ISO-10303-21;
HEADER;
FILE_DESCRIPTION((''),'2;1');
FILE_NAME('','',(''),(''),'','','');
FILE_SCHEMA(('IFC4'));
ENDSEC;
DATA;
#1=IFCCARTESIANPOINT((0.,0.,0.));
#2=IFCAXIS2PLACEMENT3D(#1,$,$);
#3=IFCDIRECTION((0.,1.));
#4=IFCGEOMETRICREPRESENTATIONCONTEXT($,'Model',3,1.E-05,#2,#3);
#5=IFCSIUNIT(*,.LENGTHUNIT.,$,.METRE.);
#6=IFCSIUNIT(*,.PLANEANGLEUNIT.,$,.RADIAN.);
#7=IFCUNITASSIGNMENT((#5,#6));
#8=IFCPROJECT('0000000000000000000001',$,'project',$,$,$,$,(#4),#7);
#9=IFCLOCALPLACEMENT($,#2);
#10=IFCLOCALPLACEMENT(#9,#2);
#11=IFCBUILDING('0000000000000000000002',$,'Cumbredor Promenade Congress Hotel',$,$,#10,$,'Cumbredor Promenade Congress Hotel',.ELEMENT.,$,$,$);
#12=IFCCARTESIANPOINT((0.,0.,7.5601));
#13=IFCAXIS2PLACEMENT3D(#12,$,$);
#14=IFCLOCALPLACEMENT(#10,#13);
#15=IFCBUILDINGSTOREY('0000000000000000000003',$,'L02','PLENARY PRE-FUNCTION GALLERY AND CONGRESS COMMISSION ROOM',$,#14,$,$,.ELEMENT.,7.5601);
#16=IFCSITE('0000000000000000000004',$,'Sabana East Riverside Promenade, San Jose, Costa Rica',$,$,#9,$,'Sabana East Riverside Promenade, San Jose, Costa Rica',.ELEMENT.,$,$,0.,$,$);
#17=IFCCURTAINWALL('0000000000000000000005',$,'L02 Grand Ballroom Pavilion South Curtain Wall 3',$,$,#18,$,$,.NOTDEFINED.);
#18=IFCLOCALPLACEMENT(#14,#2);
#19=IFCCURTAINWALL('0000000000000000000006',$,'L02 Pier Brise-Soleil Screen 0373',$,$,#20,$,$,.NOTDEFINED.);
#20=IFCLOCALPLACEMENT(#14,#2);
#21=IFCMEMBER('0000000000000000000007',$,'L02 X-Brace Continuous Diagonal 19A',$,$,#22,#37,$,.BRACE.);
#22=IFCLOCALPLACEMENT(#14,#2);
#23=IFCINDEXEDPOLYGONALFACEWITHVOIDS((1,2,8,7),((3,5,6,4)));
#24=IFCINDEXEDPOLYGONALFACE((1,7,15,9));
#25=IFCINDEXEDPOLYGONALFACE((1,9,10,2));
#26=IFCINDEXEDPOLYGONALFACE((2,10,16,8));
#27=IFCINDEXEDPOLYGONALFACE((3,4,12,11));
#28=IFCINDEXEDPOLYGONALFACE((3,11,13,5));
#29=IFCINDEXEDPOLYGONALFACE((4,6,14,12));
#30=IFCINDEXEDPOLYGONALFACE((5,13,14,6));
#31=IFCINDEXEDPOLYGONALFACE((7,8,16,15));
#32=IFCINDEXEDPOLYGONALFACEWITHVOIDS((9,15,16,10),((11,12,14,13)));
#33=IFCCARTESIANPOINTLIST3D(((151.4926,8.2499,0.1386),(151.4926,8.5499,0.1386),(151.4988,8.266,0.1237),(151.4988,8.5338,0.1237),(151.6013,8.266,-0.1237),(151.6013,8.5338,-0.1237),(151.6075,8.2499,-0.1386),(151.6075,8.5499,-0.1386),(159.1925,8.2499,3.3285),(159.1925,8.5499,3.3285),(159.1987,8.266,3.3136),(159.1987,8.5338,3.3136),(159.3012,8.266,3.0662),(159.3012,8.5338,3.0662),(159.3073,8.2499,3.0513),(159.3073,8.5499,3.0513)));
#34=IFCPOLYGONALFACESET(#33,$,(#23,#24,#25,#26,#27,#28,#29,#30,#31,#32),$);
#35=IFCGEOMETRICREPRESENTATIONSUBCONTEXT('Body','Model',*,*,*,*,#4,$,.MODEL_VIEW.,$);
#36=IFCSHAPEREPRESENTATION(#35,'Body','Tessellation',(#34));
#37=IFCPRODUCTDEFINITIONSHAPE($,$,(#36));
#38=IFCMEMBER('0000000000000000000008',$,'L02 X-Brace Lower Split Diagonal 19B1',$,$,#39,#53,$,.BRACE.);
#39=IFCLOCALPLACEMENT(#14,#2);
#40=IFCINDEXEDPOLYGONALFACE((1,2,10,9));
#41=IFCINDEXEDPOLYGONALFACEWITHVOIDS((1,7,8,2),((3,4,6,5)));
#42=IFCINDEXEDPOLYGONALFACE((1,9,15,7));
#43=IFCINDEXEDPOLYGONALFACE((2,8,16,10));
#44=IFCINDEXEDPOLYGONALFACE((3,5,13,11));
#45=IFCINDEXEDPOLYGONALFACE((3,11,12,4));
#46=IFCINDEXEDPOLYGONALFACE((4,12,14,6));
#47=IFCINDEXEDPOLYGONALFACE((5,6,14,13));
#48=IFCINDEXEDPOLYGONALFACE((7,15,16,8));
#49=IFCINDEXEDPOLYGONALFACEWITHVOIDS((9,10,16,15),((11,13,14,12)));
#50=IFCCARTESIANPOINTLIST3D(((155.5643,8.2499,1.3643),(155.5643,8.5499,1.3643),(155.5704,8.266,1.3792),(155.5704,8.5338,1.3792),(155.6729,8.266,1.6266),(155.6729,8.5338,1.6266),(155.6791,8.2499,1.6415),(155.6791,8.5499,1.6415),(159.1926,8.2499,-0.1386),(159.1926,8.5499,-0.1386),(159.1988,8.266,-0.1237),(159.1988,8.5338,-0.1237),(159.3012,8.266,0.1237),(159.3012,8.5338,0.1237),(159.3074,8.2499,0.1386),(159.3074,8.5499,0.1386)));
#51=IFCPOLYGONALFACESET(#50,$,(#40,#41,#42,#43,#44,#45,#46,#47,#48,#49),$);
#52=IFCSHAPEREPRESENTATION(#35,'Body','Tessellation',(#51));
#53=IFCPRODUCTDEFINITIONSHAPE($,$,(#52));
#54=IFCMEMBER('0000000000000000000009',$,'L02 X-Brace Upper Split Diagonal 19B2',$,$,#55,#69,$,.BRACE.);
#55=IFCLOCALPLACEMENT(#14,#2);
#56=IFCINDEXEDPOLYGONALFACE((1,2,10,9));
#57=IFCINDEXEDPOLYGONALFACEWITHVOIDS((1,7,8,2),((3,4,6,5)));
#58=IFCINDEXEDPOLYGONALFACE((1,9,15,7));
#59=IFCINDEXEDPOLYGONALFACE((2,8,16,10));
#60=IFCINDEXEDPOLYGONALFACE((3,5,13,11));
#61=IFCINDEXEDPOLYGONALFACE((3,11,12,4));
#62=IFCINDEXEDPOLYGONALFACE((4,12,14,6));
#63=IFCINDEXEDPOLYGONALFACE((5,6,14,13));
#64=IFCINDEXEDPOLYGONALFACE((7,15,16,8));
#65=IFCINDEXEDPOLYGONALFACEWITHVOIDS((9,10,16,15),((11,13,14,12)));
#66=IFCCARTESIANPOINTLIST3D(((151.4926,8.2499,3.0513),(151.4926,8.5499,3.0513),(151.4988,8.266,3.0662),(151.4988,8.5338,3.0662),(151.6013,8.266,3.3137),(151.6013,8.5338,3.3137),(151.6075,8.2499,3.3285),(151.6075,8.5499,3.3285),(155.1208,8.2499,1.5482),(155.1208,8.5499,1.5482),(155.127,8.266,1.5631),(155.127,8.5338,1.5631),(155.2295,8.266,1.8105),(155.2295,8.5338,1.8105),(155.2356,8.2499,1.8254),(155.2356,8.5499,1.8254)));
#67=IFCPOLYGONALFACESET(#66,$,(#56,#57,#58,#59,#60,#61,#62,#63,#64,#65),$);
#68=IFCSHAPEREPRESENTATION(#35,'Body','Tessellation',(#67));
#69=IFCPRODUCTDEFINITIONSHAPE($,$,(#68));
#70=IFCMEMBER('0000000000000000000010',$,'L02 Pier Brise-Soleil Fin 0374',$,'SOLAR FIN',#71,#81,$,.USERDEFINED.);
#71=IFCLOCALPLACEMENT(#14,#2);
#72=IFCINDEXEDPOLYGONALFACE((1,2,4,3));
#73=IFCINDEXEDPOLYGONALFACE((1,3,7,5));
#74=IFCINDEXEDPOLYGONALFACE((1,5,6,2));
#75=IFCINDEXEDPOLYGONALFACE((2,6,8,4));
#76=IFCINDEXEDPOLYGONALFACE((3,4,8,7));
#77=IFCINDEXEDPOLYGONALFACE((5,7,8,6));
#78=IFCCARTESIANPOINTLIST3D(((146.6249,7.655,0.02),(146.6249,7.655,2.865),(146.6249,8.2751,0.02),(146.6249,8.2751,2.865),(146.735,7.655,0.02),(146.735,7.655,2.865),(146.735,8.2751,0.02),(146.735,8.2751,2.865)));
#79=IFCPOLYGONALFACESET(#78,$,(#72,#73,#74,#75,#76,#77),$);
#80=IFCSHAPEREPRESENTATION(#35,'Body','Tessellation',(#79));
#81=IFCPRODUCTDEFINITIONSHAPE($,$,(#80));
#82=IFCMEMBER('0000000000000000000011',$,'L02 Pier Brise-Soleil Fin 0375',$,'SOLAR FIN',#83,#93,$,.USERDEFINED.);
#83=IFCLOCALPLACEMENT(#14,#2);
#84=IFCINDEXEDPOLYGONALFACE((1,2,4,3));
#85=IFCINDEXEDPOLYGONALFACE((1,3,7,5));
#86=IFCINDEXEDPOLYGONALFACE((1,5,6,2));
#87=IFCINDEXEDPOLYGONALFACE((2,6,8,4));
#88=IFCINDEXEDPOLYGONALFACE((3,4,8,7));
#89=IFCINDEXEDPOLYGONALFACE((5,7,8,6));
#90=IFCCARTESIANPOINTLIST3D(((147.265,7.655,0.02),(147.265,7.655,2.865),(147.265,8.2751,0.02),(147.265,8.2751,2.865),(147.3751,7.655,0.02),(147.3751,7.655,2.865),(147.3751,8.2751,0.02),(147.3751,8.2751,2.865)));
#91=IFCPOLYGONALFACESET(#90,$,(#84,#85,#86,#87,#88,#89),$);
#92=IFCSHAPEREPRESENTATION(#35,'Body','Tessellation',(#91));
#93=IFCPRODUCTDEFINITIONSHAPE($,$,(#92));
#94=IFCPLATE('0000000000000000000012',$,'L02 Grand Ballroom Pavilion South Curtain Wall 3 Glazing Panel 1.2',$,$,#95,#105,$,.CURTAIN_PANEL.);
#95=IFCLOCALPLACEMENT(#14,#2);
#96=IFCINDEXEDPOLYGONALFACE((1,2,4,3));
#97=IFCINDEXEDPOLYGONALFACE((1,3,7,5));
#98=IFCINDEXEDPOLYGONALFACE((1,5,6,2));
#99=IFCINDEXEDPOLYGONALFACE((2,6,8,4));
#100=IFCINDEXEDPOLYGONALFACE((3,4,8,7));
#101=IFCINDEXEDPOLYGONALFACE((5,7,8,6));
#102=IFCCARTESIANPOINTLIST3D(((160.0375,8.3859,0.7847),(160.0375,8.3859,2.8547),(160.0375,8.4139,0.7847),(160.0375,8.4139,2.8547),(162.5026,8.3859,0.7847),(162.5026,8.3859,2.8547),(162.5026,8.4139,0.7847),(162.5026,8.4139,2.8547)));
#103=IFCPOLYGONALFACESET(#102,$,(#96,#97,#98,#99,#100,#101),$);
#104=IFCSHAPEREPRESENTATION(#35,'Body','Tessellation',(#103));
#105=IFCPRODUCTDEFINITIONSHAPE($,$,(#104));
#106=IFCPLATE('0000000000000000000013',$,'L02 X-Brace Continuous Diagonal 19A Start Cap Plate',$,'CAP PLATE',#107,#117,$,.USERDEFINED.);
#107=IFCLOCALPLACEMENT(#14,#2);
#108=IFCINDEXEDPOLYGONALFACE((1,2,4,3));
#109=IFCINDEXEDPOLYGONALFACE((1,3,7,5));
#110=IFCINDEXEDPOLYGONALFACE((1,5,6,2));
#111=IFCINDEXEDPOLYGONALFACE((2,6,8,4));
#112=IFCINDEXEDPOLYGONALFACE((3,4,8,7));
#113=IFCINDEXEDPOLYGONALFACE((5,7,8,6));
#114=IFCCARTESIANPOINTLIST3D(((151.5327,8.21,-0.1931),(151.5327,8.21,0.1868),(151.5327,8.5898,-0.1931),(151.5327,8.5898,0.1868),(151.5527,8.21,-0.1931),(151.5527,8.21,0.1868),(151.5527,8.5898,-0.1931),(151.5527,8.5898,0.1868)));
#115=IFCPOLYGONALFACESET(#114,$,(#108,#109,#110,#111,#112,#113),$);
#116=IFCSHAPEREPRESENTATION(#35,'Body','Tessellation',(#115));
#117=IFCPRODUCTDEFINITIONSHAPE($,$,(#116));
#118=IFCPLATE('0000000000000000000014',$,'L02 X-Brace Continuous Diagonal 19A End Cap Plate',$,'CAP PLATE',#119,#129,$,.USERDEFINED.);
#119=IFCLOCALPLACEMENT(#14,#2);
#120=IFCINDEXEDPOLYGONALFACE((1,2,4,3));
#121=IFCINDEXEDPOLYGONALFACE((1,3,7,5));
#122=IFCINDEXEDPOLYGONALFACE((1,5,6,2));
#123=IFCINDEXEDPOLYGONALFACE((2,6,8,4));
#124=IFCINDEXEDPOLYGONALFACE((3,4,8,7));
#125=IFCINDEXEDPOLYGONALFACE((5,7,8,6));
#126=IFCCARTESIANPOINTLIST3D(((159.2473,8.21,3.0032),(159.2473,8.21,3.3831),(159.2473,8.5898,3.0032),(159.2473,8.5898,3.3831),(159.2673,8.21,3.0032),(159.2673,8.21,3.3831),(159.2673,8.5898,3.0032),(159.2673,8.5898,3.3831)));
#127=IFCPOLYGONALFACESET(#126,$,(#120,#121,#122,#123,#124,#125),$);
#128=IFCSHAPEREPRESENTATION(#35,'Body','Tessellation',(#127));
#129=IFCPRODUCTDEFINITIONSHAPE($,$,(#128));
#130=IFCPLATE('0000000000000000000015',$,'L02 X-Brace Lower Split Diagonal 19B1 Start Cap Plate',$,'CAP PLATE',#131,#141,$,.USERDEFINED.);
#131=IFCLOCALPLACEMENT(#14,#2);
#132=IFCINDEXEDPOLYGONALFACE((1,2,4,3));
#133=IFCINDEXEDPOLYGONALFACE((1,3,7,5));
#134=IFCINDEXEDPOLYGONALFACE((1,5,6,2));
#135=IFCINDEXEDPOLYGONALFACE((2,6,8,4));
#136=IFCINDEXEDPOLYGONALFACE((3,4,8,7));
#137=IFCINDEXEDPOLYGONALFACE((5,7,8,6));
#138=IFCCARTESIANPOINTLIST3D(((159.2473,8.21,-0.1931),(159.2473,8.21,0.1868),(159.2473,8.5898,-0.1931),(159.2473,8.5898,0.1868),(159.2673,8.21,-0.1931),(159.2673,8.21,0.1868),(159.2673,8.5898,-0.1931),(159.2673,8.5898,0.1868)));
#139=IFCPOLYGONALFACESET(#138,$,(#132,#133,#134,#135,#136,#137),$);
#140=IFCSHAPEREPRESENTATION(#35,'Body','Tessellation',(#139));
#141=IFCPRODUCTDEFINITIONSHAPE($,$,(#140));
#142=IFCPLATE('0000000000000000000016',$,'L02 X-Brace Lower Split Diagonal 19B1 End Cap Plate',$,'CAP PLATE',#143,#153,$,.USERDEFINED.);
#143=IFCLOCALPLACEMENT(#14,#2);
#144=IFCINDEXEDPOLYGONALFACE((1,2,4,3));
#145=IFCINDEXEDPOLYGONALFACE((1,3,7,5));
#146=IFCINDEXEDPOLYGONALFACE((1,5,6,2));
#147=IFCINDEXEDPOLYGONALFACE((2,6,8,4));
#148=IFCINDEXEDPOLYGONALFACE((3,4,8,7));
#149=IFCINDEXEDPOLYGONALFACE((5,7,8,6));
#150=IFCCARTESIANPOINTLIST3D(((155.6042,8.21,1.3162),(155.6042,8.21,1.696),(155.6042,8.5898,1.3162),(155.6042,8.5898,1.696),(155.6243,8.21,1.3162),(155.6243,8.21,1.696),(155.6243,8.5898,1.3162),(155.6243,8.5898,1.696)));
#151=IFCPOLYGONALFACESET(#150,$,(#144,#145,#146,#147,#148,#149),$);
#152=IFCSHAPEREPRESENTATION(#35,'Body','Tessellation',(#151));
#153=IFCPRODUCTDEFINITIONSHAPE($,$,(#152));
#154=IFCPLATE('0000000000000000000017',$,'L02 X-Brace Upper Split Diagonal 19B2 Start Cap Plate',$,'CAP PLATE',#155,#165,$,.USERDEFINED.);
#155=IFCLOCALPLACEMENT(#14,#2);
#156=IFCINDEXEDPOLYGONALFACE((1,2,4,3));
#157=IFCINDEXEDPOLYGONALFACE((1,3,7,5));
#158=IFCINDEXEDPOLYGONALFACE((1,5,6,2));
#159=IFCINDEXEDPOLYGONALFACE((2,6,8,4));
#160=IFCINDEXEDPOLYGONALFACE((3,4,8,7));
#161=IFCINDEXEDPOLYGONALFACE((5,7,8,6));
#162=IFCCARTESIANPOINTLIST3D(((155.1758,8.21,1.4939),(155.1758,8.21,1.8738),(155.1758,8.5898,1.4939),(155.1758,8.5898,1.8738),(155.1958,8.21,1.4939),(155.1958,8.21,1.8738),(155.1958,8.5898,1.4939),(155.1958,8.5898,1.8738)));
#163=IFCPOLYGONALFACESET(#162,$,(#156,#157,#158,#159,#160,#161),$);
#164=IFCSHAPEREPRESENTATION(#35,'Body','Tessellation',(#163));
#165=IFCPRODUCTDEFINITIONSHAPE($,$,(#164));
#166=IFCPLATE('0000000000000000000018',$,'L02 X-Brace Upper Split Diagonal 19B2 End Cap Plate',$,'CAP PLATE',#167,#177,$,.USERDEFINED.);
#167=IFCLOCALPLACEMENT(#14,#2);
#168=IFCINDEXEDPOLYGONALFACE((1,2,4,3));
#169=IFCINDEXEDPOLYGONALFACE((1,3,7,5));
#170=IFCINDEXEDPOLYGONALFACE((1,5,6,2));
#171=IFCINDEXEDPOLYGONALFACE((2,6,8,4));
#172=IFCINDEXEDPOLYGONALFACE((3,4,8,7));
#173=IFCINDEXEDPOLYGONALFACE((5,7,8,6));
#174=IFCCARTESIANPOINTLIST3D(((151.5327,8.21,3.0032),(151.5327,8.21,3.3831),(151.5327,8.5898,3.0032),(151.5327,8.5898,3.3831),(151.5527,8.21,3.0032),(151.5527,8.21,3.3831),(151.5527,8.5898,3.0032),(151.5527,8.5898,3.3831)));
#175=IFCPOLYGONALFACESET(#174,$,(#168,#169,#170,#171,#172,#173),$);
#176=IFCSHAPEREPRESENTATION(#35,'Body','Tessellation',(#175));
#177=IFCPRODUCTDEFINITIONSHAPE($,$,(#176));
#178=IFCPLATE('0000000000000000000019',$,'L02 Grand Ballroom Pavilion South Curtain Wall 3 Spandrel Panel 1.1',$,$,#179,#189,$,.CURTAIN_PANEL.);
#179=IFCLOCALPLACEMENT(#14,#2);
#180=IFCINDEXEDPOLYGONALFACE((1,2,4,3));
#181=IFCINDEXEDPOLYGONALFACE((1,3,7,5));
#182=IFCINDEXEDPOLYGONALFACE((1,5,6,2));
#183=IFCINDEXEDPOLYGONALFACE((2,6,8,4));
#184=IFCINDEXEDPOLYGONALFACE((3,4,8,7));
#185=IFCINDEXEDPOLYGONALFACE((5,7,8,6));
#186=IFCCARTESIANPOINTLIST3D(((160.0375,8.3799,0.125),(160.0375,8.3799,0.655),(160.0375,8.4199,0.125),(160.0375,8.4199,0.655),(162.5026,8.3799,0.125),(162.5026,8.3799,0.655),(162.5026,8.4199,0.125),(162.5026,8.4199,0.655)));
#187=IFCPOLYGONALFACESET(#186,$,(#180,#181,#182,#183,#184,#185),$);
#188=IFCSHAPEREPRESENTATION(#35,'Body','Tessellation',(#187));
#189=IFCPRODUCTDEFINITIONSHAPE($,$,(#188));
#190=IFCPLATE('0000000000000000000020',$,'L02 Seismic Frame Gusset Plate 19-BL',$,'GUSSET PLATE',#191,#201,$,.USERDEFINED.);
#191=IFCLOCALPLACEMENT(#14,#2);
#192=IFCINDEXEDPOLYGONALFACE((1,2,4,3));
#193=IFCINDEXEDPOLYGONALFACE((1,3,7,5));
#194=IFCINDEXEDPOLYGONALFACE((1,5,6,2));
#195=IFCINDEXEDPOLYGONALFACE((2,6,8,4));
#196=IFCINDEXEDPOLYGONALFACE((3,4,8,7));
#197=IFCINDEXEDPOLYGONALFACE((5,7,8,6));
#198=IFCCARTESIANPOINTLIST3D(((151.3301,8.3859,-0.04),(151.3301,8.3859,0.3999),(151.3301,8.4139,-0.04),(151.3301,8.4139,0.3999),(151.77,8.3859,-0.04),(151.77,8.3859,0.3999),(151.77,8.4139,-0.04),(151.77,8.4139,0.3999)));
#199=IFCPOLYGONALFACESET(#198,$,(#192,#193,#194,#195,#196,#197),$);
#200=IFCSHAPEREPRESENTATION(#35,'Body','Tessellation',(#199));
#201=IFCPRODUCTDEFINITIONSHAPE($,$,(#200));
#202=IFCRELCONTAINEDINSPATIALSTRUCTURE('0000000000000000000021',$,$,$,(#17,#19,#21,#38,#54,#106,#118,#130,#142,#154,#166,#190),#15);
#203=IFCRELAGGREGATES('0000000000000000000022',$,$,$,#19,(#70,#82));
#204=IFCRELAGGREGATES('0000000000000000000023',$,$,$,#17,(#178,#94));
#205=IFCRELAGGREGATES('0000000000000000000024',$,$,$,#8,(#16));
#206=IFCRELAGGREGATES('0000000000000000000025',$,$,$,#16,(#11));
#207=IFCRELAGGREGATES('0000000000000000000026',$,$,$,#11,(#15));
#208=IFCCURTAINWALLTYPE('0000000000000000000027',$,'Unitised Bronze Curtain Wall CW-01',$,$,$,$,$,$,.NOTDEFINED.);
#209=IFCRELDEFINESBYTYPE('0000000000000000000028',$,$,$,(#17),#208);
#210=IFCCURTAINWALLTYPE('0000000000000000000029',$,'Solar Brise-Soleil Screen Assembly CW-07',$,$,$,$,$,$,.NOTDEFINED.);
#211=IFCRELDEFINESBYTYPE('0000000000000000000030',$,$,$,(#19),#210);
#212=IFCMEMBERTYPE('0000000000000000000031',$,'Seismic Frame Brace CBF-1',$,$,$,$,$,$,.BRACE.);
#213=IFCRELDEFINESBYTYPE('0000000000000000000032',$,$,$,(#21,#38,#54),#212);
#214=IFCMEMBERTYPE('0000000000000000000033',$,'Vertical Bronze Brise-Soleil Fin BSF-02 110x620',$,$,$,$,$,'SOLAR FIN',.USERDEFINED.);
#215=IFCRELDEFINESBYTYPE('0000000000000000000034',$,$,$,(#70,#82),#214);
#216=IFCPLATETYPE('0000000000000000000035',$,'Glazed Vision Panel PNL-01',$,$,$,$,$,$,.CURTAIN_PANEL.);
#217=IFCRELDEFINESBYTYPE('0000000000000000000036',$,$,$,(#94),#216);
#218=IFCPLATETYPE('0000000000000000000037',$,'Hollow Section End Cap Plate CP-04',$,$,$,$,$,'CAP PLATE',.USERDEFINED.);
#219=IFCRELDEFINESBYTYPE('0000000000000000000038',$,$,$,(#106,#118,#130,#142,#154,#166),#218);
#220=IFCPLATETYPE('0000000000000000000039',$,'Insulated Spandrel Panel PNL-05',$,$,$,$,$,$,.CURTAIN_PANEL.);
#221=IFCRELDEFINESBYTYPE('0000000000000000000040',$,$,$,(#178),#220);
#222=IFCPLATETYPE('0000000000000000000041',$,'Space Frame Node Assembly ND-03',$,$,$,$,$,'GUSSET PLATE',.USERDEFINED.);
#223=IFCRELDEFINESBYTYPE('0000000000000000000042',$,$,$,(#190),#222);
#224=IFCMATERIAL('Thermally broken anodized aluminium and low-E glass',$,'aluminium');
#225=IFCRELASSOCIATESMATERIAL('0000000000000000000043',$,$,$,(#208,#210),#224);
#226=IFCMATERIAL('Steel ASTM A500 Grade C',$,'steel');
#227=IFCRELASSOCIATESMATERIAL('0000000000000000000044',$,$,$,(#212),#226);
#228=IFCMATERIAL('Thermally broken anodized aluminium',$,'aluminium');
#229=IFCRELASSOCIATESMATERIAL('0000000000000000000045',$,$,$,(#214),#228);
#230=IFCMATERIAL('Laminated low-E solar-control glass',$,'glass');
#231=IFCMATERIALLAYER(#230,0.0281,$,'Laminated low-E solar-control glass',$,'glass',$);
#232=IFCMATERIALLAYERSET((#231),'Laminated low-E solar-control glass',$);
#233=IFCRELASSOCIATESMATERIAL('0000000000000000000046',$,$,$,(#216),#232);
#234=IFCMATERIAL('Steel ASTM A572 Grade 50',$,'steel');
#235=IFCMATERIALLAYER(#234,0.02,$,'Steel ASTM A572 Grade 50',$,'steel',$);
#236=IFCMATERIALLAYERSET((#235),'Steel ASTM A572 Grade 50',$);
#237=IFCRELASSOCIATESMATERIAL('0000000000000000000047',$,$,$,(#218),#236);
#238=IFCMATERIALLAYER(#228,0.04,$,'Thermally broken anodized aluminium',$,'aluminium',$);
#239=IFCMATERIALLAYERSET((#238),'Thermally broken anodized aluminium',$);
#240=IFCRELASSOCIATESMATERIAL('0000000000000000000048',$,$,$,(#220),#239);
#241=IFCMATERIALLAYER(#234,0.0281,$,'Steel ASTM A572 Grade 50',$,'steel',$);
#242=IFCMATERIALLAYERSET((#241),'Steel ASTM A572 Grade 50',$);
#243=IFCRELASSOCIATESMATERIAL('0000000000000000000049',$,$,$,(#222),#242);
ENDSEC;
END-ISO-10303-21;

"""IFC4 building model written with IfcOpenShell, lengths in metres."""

from ifc_helpers import new_model, si_unit, direction, frame, origin, origin_2d, place, context, subcontext, project, spatial, rectangle, hollow_rectangle, extrude, material, layer, layer_set, material_profile, profile_set, type_object, element, aggregate, save


model = new_model("IFC4")

# Units and contexts
model_context = context("Model", 3, precision=1e-05, world=origin(), true_north=direction((0.0, 1.0)))
body_context = subcontext(model_context, "Body", "Model", "MODEL_VIEW")
ifc_project = project(units=[si_unit("LENGTHUNIT", "METRE"), si_unit("PLANEANGLEUNIT", "RADIAN")], contexts=[model_context])

# Site, building, storey
site_placement = place(None, origin())
site = spatial("IfcSite", under=ifc_project, at=site_placement, Name="Sabana East Riverside Promenade, San Jose, Costa Rica", LongName="Sabana East Riverside Promenade, San Jose, Costa Rica", CompositionType="ELEMENT", RefElevation=0.0)
building_placement = place(site_placement, origin())
building = spatial("IfcBuilding", under=site, at=building_placement, Name="Cumbredor Promenade Congress Hotel", LongName="Cumbredor Promenade Congress Hotel", CompositionType="ELEMENT")
storey_placement = place(building_placement, frame((0.0, 0.0, 7.5601)))
storey = spatial("IfcBuildingStorey", under=building, at=storey_placement, Name="L02", Description="PLENARY PRE-FUNCTION GALLERY AND CONGRESS COMMISSION ROOM", CompositionType="ELEMENT", Elevation=7.5601)

# Curtain walls
ifc_material_1 = material(Name="Thermally broken anodized aluminium and low-E glass", Category="aluminium")
curtain_wall_type_1 = type_object("IfcCurtainWallType", Name="Unitised Bronze Curtain Wall CW-01", PredefinedType="NOTDEFINED", material=ifc_material_1)
curtain_wall_1_placement = place(storey_placement, origin())
curtain_wall_1 = element("IfcCurtainWall", 1, at=curtain_wall_1_placement, inside=storey, type_object=curtain_wall_type_1, Name="L02 Grand Ballroom Pavilion South Curtain Wall 3", PredefinedType="NOTDEFINED")
ifc_material_2 = material(Name="Thermally broken anodized aluminium", Category="aluminium")
curtain_wall_type_2 = type_object("IfcCurtainWallType", Name="Solar Brise-Soleil Screen Assembly CW-07", PredefinedType="NOTDEFINED", material=ifc_material_1)
curtain_wall_2_placement = place(storey_placement, origin())
curtain_wall_2 = element("IfcCurtainWall", 2, at=curtain_wall_2_placement, inside=storey, type_object=curtain_wall_type_2, Name="L02 Pier Brise-Soleil Screen 0373", PredefinedType="NOTDEFINED")

# Members
ifc_material_3 = material(Name="Steel ASTM A500 Grade C", Category="steel")
ifc_material_profile_1 = material_profile(ifc_material_3, hollow_rectangle(XDim=0.3, YDim=0.3, WallThickness=0.0161, at=origin_2d()), Name="HSS 300x300x16")
ifc_profile_set_1 = profile_set([ifc_material_profile_1], Name="Steel ASTM A500 Grade C")
member_type_1 = type_object("IfcMemberType", Name="Seismic Frame Brace CBF-1", PredefinedType="BRACE", material=ifc_profile_set_1)
member_1_placement = place(storey_placement, frame((151.55, 8.3999, 0.0), z_axis=(0.923858, 0.0, 0.382736), x_axis=(0.0, 1.0, 0.0)))
element("IfcMember", 3, at=member_1_placement, inside=storey, type_object=member_type_1, Name="L02 X-Brace Continuous Diagonal 19A", PredefinedType="BRACE", context=body_context, shape_type="SweptSolid", body=[
    extrude(hollow_rectangle(XDim=0.3, YDim=0.3, WallThickness=0.0161, at=origin_2d()), origin(), (0.0, 0.0, 1.0), 8.3345),
])
for number, where, z_axis, x_axis, name in (
    (4, (159.25, 8.3999, 0.0), (-0.92388, 0.0, 0.382681), (0.0, -1.0, 0.0), "L02 X-Brace Lower Split Diagonal 19B1"),
    (5, (155.1782, 8.3999, 1.6868), (-0.923849, 0.0, 0.382756), (0.0, -1.0, 0.0), "L02 X-Brace Upper Split Diagonal 19B2"),
):
    element("IfcMember", number, at=place(storey_placement, frame(where, z_axis=z_axis, x_axis=x_axis)), inside=storey, type_object=member_type_1, Name=name, PredefinedType="BRACE", context=body_context, shape_type="SweptSolid", body=[
        extrude(hollow_rectangle(XDim=0.3, YDim=0.3, WallThickness=0.0161, at=origin_2d()), origin(), (0.0, 0.0, 1.0), 3.9272),
    ])

# Members
ifc_material_profile_2 = material_profile(ifc_material_2, rectangle(XDim=0.1101, YDim=0.6201, at=origin_2d()), Name="ARCH FIN 110x620")
ifc_profile_set_2 = profile_set([ifc_material_profile_2], Name="Thermally broken anodized aluminium")
member_type_2 = type_object("IfcMemberType", Name="Vertical Bronze Brise-Soleil Fin BSF-02 110x620", ElementType="SOLAR FIN", PredefinedType="USERDEFINED", material=ifc_profile_set_2)
member_2_placement = place(storey_placement, frame((146.6799, 7.9651, 0.02), z_axis=(0.0, 0.0, 1.0), x_axis=(1.0, 0.0, 0.0)))
member_2 = element("IfcMember", 6, at=member_2_placement, type_object=member_type_2, Name="L02 Pier Brise-Soleil Fin 0374", ObjectType="SOLAR FIN", PredefinedType="USERDEFINED", context=body_context, shape_type="SweptSolid", body=[
    extrude(rectangle(XDim=0.1101, YDim=0.6201, at=origin_2d()), origin(), (0.0, 0.0, 1.0), 2.845),
])
member_3_placement = place(storey_placement, frame((147.3201, 7.9651, 0.02), z_axis=(0.0, 0.0, 1.0), x_axis=(1.0, 0.0, 0.0)))
member_3 = element("IfcMember", 7, at=member_3_placement, type_object=member_type_2, Name="L02 Pier Brise-Soleil Fin 0375", ObjectType="SOLAR FIN", PredefinedType="USERDEFINED", context=body_context, shape_type="SweptSolid", body=[
    extrude(rectangle(XDim=0.1101, YDim=0.6201, at=origin_2d()), origin(), (0.0, 0.0, 1.0), 2.845),
])
aggregate(curtain_wall_2, [member_2, member_3])

# Plate
ifc_material_4 = material(Name="Laminated low-E solar-control glass", Category="glass")
ifc_layer_1 = layer(ifc_material_4, 0.0281, Name="Laminated low-E solar-control glass", Category="glass")
ifc_layer_set_1 = layer_set([ifc_layer_1], Name="Laminated low-E solar-control glass")
plate_type_1 = type_object("IfcPlateType", Name="Glazed Vision Panel PNL-01", PredefinedType="CURTAIN_PANEL", material=ifc_layer_set_1)
plate_1_placement = place(storey_placement, frame((161.27, 8.3999, 0.7847), z_axis=(0.0, 0.0, 1.0), x_axis=(1.0, 0.0, 0.0)))
plate_1 = element("IfcPlate", 8, at=plate_1_placement, type_object=plate_type_1, Name="L02 Grand Ballroom Pavilion South Curtain Wall 3 Glazing Panel 1.2", PredefinedType="CURTAIN_PANEL", context=body_context, shape_type="SweptSolid", body=[
    extrude(rectangle(XDim=2.4651, YDim=0.0281, at=origin_2d()), origin(), (0.0, 0.0, 1.0), 2.0701),
])

# Plates
ifc_material_5 = material(Name="Steel ASTM A572 Grade 50", Category="steel")
ifc_layer_2 = layer(ifc_material_5, 0.02, Name="Steel ASTM A572 Grade 50", Category="steel")
ifc_layer_set_2 = layer_set([ifc_layer_2], Name="Steel ASTM A572 Grade 50")
plate_type_2 = type_object("IfcPlateType", Name="Hollow Section End Cap Plate CP-04", ElementType="CAP PLATE", PredefinedType="USERDEFINED", material=ifc_layer_set_2)
for number, where, z_axis, x_axis, name in (
    (9, (151.5427, 8.3999, -0.1931), (0.0, 0.0, 1.0), (1.0, 0.0, 0.0), "L02 X-Brace Continuous Diagonal 19A Start Cap Plate"),
    (10, (159.2573, 8.3999, 3.0032), (0.0, 0.0, 1.0), (1.0, 0.0, 0.0), "L02 X-Brace Continuous Diagonal 19A End Cap Plate"),
    (11, (159.2573, 8.3999, -0.1931), (0.0, 0.0, 1.0), (-1.0, 0.0, 0.0), "L02 X-Brace Lower Split Diagonal 19B1 Start Cap Plate"),
    (12, (155.6143, 8.3999, 1.3162), (0.0, 0.0, 1.0), (-1.0, 0.0, 0.0), "L02 X-Brace Lower Split Diagonal 19B1 End Cap Plate"),
    (13, (155.1858, 8.3999, 1.4939), (0.0, 0.0, 1.0), (-1.0, 0.0, 0.0), "L02 X-Brace Upper Split Diagonal 19B2 Start Cap Plate"),
    (14, (151.5427, 8.3999, 3.0032), (0.0, 0.0, 1.0), (-1.0, 0.0, 0.0), "L02 X-Brace Upper Split Diagonal 19B2 End Cap Plate"),
):
    element("IfcPlate", number, at=place(storey_placement, frame(where, z_axis=z_axis, x_axis=x_axis)), inside=storey, type_object=plate_type_2, Name=name, ObjectType="CAP PLATE", PredefinedType="USERDEFINED", context=body_context, shape_type="SweptSolid", body=[
        extrude(rectangle(XDim=0.02, YDim=0.3799, at=origin_2d()), origin(), (0.0, 0.0, 1.0), 0.3799),
    ])

# Plate
ifc_layer_3 = layer(ifc_material_2, 0.04, Name="Thermally broken anodized aluminium", Category="aluminium")
ifc_layer_set_3 = layer_set([ifc_layer_3], Name="Thermally broken anodized aluminium")
plate_type_3 = type_object("IfcPlateType", Name="Insulated Spandrel Panel PNL-05", PredefinedType="CURTAIN_PANEL", material=ifc_layer_set_3)
plate_2_placement = place(storey_placement, frame((161.27, 8.3999, 0.125), z_axis=(0.0, 0.0, 1.0), x_axis=(1.0, 0.0, 0.0)))
plate_2 = element("IfcPlate", 15, at=plate_2_placement, type_object=plate_type_3, Name="L02 Grand Ballroom Pavilion South Curtain Wall 3 Spandrel Panel 1.1", PredefinedType="CURTAIN_PANEL", context=body_context, shape_type="SweptSolid", body=[
    extrude(rectangle(XDim=2.4651, YDim=0.04, at=origin_2d()), origin(), (0.0, 0.0, 1.0), 0.53),
])
aggregate(curtain_wall_1, [plate_2, plate_1])

# Plate
ifc_layer_4 = layer(ifc_material_5, 0.0281, Name="Steel ASTM A572 Grade 50", Category="steel")
ifc_layer_set_4 = layer_set([ifc_layer_4], Name="Steel ASTM A572 Grade 50")
plate_type_4 = type_object("IfcPlateType", Name="Space Frame Node Assembly ND-03", ElementType="GUSSET PLATE", PredefinedType="USERDEFINED", material=ifc_layer_set_4)
for number, where, z_axis, x_axis, name in (
    (16, (151.55, 8.3999, -0.04), (0.0, 0.0, 1.0), (1.0, 0.0, 0.0), "L02 Seismic Frame Gusset Plate 19-BL"),
):
    element("IfcPlate", number, at=place(storey_placement, frame(where, z_axis=z_axis, x_axis=x_axis)), inside=storey, type_object=plate_type_4, Name=name, ObjectType="GUSSET PLATE", PredefinedType="USERDEFINED", context=body_context, shape_type="SweptSolid", body=[
        extrude(rectangle(XDim=0.4399, YDim=0.0281, at=origin_2d()), origin(), (0.0, 0.0, 1.0), 0.4399),
    ])

save(model, "model.ifc")
